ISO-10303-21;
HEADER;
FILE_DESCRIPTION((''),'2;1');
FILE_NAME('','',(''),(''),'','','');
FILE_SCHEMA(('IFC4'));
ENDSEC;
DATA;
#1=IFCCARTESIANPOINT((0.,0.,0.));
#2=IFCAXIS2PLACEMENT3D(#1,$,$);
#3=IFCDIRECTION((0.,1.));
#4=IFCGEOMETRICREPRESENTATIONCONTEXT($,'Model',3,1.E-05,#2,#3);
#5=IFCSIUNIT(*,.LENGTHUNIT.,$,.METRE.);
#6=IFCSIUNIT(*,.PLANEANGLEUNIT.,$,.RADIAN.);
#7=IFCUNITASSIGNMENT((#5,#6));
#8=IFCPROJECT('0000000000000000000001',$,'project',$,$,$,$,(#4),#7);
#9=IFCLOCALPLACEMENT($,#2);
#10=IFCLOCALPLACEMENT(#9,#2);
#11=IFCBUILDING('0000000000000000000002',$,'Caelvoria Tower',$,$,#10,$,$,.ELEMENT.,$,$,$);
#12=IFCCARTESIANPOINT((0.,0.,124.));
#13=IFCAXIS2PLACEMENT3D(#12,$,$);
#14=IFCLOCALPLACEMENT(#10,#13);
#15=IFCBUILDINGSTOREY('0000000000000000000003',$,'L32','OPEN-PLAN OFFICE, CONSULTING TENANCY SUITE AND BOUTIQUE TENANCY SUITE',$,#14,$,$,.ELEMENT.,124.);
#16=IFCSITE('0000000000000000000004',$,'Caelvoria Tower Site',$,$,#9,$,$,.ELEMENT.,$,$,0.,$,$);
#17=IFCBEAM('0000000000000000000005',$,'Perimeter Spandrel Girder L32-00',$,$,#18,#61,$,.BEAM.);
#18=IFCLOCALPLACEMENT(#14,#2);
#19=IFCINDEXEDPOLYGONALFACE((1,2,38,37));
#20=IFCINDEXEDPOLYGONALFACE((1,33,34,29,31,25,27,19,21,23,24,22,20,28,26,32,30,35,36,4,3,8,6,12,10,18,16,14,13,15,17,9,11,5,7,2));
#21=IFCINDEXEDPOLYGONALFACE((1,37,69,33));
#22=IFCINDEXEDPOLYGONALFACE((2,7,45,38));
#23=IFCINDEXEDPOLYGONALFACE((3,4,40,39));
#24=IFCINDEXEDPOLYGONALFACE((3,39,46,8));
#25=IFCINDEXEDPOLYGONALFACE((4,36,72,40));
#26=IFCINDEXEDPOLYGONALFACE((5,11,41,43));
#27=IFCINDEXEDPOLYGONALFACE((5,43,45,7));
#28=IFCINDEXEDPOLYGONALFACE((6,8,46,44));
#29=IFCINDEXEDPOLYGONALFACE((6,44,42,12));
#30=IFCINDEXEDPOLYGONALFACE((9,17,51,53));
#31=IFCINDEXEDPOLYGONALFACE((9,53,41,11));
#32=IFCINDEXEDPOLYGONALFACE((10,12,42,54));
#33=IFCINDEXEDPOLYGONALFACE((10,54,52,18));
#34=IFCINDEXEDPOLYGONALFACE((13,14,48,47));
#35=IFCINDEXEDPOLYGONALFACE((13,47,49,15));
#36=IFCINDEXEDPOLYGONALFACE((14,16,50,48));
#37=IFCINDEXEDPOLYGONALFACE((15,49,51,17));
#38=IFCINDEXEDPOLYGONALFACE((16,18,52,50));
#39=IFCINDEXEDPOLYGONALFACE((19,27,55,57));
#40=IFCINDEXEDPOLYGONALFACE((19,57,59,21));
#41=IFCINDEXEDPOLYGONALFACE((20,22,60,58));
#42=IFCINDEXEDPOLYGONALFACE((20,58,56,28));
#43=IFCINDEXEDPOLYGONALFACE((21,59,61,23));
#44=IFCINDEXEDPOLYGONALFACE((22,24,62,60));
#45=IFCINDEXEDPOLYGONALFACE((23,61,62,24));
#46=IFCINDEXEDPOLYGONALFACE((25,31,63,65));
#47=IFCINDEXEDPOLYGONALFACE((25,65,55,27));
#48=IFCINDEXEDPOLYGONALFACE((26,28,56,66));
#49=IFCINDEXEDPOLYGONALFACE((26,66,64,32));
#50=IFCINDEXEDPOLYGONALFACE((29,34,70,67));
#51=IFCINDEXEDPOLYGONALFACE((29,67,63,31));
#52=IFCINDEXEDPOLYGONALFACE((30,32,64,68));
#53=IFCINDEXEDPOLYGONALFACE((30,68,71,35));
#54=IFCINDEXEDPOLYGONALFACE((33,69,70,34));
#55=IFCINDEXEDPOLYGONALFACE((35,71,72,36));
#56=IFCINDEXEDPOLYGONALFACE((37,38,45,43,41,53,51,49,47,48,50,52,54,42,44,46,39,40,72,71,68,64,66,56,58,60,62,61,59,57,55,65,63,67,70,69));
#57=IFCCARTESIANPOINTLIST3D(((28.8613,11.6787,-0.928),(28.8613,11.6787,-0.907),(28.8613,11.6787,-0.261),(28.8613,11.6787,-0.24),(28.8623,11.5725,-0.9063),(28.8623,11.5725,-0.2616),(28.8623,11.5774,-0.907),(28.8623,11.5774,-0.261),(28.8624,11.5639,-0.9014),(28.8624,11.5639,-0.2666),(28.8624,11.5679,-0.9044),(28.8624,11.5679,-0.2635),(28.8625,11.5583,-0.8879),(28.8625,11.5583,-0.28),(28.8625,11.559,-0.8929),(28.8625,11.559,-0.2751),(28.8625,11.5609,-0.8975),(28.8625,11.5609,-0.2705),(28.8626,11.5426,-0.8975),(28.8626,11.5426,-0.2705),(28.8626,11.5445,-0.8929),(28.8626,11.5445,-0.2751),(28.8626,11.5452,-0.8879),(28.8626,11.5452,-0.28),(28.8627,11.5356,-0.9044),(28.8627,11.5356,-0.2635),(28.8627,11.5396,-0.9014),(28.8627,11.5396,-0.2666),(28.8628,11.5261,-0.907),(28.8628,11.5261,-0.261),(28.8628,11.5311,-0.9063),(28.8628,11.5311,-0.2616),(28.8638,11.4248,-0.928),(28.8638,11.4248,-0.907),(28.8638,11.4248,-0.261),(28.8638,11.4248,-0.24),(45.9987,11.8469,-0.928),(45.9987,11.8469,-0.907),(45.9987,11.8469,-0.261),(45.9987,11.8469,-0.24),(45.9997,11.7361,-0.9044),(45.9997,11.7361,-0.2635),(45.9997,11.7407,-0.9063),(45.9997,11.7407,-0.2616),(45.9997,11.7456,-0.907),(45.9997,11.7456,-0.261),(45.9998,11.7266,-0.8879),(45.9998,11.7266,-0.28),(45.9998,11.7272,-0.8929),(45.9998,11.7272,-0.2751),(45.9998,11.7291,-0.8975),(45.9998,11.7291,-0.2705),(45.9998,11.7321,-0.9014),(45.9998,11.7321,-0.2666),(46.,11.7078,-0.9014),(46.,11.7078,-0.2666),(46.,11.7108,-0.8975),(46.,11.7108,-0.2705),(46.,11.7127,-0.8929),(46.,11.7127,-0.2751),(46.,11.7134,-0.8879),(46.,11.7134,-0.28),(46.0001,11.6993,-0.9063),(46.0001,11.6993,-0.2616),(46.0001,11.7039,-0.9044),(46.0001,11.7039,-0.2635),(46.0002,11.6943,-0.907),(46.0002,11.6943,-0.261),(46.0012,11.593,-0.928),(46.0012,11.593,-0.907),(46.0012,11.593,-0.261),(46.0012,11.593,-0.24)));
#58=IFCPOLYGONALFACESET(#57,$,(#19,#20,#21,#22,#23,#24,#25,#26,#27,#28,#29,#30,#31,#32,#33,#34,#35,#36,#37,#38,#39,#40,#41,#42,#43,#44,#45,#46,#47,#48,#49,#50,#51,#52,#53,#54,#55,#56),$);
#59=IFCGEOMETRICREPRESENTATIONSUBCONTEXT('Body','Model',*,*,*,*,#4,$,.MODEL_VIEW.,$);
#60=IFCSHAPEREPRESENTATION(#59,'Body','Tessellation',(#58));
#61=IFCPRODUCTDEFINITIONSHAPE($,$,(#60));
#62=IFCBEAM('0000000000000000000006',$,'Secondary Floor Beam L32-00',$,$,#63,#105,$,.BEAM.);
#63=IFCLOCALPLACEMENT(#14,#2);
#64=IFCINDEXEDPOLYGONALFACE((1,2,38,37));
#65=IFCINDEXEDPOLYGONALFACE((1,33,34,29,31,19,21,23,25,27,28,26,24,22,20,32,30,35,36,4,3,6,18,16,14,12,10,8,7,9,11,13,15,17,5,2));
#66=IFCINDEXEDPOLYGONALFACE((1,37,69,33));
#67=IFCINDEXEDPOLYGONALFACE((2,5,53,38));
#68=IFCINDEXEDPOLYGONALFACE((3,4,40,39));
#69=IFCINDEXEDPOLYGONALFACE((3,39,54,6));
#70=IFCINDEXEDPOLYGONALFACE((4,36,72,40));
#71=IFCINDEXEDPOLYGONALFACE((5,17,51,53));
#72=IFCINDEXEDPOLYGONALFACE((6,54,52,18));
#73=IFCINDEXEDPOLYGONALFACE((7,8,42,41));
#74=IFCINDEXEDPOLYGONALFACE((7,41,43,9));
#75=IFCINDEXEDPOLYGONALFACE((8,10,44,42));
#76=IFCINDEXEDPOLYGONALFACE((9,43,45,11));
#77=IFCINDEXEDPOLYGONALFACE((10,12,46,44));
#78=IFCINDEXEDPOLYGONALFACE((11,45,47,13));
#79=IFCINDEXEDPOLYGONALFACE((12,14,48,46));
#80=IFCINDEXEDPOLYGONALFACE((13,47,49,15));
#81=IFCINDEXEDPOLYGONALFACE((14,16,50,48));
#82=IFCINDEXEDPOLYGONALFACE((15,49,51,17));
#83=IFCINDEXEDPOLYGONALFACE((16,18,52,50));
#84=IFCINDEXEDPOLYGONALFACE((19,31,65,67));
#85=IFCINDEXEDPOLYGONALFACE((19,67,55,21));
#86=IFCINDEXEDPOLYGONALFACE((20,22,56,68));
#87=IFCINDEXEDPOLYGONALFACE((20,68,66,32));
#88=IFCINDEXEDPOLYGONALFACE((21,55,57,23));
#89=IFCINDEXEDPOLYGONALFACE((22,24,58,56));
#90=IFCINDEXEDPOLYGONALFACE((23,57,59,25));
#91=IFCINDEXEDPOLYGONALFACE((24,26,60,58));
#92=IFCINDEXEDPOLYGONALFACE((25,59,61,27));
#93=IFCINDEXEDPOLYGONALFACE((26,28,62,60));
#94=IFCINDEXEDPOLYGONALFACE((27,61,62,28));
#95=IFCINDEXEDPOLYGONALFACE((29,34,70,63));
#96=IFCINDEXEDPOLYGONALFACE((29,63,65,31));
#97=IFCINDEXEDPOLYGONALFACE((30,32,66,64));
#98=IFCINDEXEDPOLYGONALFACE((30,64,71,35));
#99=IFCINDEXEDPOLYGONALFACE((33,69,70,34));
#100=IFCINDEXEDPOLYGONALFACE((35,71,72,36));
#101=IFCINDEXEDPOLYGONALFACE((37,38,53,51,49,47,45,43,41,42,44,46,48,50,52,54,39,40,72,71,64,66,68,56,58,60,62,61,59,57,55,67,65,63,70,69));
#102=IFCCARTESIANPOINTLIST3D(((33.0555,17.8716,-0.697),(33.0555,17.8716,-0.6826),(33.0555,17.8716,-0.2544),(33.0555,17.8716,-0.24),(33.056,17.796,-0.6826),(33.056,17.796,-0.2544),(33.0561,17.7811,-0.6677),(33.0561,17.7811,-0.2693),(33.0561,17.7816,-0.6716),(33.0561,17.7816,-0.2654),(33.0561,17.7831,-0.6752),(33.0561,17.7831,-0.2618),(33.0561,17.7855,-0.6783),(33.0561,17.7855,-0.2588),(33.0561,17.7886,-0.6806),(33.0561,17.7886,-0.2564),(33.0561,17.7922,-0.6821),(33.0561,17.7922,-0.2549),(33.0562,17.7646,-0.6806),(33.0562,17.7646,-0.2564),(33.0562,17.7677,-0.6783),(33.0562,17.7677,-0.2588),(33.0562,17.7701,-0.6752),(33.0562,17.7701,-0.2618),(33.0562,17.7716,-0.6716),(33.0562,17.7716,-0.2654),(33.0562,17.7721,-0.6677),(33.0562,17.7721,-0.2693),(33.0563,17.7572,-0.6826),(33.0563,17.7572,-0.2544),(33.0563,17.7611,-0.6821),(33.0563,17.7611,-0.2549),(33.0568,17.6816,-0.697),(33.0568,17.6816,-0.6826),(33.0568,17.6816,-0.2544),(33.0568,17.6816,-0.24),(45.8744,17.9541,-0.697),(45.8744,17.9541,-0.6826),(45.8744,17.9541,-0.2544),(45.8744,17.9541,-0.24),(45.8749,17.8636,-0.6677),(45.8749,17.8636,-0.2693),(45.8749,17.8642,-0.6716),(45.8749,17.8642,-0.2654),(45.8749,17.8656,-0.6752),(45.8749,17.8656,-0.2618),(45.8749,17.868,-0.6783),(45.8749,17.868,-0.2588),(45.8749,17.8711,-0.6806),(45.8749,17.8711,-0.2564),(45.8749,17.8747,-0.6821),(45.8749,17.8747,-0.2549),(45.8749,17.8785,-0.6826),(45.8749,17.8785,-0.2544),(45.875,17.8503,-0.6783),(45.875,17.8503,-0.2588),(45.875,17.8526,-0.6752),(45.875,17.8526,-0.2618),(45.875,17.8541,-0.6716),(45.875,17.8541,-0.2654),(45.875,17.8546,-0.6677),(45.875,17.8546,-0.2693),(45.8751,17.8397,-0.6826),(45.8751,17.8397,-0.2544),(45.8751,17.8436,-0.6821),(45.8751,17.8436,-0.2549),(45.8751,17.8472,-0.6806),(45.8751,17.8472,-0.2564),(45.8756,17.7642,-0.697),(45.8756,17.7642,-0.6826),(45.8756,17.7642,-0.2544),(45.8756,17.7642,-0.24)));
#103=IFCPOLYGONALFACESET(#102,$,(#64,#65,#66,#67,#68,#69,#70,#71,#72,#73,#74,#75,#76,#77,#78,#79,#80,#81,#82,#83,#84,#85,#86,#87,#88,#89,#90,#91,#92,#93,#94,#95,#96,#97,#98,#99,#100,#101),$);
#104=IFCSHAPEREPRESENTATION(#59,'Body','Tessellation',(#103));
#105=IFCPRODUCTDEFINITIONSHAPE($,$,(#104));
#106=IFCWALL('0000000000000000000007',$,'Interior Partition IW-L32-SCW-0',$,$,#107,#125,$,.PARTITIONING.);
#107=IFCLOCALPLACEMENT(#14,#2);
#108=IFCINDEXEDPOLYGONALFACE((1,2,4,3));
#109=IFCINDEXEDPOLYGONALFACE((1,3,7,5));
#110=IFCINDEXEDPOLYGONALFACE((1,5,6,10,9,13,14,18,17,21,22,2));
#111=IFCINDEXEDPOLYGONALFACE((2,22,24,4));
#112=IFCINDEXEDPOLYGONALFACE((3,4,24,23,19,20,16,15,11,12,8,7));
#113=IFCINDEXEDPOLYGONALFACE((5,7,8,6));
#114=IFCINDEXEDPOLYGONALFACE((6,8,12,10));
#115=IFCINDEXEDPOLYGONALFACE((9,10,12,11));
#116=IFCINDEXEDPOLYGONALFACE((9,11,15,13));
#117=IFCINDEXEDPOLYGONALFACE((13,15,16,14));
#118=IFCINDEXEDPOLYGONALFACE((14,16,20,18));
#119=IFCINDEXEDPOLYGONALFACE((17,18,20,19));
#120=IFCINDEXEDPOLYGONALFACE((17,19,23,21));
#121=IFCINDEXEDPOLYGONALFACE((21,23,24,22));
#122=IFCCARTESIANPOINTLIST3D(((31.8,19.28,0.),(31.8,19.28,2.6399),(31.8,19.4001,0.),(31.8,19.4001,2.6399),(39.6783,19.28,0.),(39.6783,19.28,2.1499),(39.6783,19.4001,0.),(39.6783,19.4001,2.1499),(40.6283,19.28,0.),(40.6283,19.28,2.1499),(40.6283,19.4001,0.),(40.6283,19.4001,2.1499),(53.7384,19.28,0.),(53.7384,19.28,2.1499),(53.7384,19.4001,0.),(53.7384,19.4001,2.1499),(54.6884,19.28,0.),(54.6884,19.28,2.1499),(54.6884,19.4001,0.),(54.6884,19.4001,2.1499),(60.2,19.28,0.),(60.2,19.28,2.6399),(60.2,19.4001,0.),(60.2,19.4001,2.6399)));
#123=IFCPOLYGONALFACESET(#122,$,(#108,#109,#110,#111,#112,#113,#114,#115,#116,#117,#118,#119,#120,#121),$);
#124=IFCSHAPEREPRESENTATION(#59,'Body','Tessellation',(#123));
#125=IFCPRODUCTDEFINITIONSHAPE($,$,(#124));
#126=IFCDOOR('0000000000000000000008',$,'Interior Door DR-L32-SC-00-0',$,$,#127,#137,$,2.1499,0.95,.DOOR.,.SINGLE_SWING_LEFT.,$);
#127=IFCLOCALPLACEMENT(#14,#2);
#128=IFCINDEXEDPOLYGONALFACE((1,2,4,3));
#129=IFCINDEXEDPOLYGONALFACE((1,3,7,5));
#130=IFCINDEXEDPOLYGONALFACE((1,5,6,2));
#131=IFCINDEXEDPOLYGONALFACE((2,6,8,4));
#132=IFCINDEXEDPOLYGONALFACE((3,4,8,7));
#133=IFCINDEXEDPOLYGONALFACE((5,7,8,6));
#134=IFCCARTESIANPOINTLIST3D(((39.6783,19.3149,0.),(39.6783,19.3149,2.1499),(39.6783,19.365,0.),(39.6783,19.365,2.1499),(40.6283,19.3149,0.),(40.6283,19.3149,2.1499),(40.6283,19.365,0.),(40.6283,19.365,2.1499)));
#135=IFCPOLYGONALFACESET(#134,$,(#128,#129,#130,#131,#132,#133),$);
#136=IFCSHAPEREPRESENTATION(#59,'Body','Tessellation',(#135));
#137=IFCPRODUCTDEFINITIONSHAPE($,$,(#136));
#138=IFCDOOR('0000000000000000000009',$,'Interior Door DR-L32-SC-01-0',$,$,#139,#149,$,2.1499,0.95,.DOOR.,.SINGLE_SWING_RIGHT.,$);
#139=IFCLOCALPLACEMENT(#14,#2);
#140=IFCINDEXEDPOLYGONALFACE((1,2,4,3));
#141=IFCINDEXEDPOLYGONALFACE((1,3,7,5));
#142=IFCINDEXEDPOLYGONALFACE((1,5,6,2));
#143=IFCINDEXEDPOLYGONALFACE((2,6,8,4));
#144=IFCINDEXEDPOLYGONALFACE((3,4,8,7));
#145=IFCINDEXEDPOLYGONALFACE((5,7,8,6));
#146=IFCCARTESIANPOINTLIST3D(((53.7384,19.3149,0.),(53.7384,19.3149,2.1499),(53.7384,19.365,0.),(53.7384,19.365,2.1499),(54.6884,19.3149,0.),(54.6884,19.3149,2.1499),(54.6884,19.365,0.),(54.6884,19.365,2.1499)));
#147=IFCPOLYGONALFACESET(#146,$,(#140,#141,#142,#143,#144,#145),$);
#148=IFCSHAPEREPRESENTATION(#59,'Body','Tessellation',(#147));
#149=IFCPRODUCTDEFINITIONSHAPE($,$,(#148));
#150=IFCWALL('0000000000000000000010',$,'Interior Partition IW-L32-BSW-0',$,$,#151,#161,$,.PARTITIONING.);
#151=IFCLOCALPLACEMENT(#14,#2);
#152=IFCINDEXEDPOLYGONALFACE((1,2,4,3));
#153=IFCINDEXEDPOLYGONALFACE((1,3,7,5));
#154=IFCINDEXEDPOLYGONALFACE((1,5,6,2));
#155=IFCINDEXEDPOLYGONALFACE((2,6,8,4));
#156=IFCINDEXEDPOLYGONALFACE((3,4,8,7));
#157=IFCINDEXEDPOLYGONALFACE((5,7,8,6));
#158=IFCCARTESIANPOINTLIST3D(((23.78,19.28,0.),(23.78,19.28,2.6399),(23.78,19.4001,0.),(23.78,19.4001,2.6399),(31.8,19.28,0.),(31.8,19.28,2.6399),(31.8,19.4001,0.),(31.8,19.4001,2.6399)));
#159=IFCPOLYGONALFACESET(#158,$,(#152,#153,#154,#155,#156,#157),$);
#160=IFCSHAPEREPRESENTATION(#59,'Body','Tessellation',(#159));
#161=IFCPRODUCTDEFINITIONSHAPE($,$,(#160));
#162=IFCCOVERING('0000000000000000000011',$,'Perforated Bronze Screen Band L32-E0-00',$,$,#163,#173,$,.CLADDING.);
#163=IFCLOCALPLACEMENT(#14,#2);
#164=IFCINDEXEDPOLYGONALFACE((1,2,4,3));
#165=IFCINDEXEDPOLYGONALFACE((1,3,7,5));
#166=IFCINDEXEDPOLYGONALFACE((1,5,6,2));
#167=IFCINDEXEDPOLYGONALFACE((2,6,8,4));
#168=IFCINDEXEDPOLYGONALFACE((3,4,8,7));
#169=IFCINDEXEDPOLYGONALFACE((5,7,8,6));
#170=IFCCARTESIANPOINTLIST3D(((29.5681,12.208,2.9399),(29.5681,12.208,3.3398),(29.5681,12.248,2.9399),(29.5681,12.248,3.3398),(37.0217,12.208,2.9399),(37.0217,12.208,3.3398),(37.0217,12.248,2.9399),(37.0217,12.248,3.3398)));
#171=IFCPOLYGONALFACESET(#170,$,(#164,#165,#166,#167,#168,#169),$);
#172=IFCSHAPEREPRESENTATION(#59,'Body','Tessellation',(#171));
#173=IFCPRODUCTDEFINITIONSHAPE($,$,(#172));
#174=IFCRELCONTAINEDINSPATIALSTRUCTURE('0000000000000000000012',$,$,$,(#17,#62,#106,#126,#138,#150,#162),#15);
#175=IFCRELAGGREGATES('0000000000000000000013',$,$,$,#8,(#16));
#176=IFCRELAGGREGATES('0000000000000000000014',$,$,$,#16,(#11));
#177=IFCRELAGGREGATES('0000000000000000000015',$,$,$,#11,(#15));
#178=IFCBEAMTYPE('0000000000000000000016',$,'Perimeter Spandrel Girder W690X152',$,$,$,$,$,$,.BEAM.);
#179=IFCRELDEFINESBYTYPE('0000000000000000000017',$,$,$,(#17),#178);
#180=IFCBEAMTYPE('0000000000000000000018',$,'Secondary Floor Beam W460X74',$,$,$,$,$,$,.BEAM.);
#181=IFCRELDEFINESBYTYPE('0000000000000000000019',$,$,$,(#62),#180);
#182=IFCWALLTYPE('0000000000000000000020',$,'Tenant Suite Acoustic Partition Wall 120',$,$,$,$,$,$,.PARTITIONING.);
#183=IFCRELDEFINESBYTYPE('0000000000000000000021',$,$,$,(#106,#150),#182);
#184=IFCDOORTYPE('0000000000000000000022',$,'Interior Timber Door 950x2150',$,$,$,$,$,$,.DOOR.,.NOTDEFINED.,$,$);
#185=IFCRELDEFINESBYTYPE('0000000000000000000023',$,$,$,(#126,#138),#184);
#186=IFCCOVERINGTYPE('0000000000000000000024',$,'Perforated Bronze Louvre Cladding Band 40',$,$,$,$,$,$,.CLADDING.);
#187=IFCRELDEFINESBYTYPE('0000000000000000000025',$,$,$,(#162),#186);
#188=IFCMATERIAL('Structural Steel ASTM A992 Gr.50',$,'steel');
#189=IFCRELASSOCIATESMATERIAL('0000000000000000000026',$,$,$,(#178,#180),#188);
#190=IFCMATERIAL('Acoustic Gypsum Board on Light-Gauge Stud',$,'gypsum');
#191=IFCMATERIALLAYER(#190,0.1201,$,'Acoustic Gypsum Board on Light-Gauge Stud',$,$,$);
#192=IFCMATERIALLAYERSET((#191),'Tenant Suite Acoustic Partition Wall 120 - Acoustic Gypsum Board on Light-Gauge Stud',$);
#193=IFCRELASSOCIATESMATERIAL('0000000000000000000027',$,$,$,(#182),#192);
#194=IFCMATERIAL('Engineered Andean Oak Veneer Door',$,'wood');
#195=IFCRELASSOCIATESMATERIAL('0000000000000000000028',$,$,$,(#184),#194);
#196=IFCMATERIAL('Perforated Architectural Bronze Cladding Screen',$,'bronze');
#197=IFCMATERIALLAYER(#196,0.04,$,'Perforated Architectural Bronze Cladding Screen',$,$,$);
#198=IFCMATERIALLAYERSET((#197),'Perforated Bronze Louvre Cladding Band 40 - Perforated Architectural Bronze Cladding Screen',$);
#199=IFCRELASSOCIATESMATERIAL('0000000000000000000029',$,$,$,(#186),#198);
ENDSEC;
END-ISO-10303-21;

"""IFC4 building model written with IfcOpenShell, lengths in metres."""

from ifc_helpers import new_model, si_unit, direction, frame, frame_2d, origin, origin_2d, place, context, subcontext, project, spatial, rectangle, i_section, extrude, material, layer, layer_set, material_profile, profile_set, type_object, element, fill, save


model = new_model("IFC4")

# Units and contexts
model_context = context("Model", 3, precision=1e-05, world=origin(), true_north=direction((0.0, 1.0)))
body_context = subcontext(model_context, "Body", "Model", "MODEL_VIEW")
ifc_project = project(units=[si_unit("LENGTHUNIT", "METRE"), si_unit("PLANEANGLEUNIT", "RADIAN")], contexts=[model_context])

# Site, building, storey
site_placement = place(None, origin())
site = spatial("IfcSite", under=ifc_project, at=site_placement, Name="Caelvoria Tower Site", CompositionType="ELEMENT", RefElevation=0.0)
building_placement = place(site_placement, origin())
building = spatial("IfcBuilding", under=site, at=building_placement, Name="Caelvoria Tower", CompositionType="ELEMENT")
storey_placement = place(building_placement, frame((0.0, 0.0, 124.0)))
storey = spatial("IfcBuildingStorey", under=building, at=storey_placement, Name="L32", Description="OPEN-PLAN OFFICE, CONSULTING TENANCY SUITE AND BOUTIQUE TENANCY SUITE", CompositionType="ELEMENT", Elevation=124.0)

# Beams
ifc_material_1 = material(Name="Structural Steel ASTM A992 Gr.50", Category="steel")
ifc_material_profile_1 = material_profile(ifc_material_1, i_section(OverallWidth=0.2539, OverallDepth=0.688, WebThickness=0.0132, FlangeThickness=0.021, FilletRadius=0.019, at=origin_2d()), Name="Structural Steel ASTM A992 Gr.50")
ifc_profile_set_1 = profile_set([ifc_material_profile_1], Name="W690X152 - Structural Steel ASTM A992 Gr.50")
beam_type_1 = type_object("IfcBeamType", Name="Perimeter Spandrel Girder W690X152", PredefinedType="BEAM", material=ifc_profile_set_1)
beam_1_placement = place(storey_placement, frame((28.8625, 11.5518, -0.584), z_axis=(0.999952, 0.009815, 0.0), x_axis=(-0.009815, 0.999952, 0.0)))
element("IfcBeam", 1, at=beam_1_placement, inside=storey, type_object=beam_type_1, Name="Perimeter Spandrel Girder L32-00", PredefinedType="BEAM", context=body_context, shape_type="SweptSolid", body=[
    extrude(i_section(OverallWidth=0.2539, OverallDepth=0.688, WebThickness=0.0132, FlangeThickness=0.021, FilletRadius=0.019, at=origin_2d()), origin(), (0.0, 0.0, 1.0), 17.1382),
])
ifc_material_profile_2 = material_profile(ifc_material_1, i_section(OverallWidth=0.1899, OverallDepth=0.457, WebThickness=0.009, FlangeThickness=0.0144, FilletRadius=0.0149, at=origin_2d()), Name="Structural Steel ASTM A992 Gr.50")
ifc_profile_set_2 = profile_set([ifc_material_profile_2], Name="W460X74 - Structural Steel ASTM A992 Gr.50")
beam_type_2 = type_object("IfcBeamType", Name="Secondary Floor Beam W460X74", PredefinedType="BEAM", material=ifc_profile_set_2)
beam_2_placement = place(storey_placement, frame((33.0562, 17.7766, -0.4685), z_axis=(0.999979, 0.006437, 0.0), x_axis=(-0.006437, 0.999979, 0.0)))
element("IfcBeam", 2, at=beam_2_placement, inside=storey, type_object=beam_type_2, Name="Secondary Floor Beam L32-00", PredefinedType="BEAM", context=body_context, shape_type="SweptSolid", body=[
    extrude(i_section(OverallWidth=0.1899, OverallDepth=0.457, WebThickness=0.009, FlangeThickness=0.0144, FilletRadius=0.0149, at=origin_2d()), origin(), (0.0, 0.0, 1.0), 12.8191),
])

# Wall, openings, doors
ifc_material_2 = material(Name="Acoustic Gypsum Board on Light-Gauge Stud", Category="gypsum")
ifc_layer_1 = layer(ifc_material_2, 0.1201, Name="Acoustic Gypsum Board on Light-Gauge Stud")
ifc_layer_set_1 = layer_set([ifc_layer_1], Name="Tenant Suite Acoustic Partition Wall 120 - Acoustic Gypsum Board on Light-Gauge Stud")
wall_type = type_object("IfcWallType", Name="Tenant Suite Acoustic Partition Wall 120", PredefinedType="PARTITIONING", material=ifc_layer_set_1)
wall_1_placement = place(storey_placement, frame((31.8, 19.3401, 0.0), z_axis=(0.0, 0.0, 1.0), x_axis=(1.0, 0.0, 0.0)))
wall_1 = element("IfcWall", 3, at=wall_1_placement, inside=storey, type_object=wall_type, Name="Interior Partition IW-L32-SCW-0", PredefinedType="PARTITIONING", context=body_context, shape_type="SweptSolid", body=[
    extrude(rectangle(XDim=28.3999, YDim=0.1201, at=frame_2d((14.2, 0.0))), origin(), (0.0, 0.0, 1.0), 2.6399),
])
opening_1_placement = place(wall_1_placement, frame((7.8782, 0.0, 0.0)))
opening_1 = element("IfcOpeningElement", 4, at=opening_1_placement, cuts=wall_1, PredefinedType="OPENING", context=body_context, shape_type="SweptSolid", body=[
    extrude(rectangle(XDim=0.95, YDim=2.1499, at=frame_2d((0.4751, 1.075))), frame((0.0, 0.0701, 0.0), z_axis=(0.0, -1.0, 0.0), x_axis=(1.0, 0.0, 0.0)), (0.0, 0.0, 1.0), 0.1401),
])
opening_2_placement = place(wall_1_placement, frame((21.9382, 0.0, 0.0)))
opening_2 = element("IfcOpeningElement", 5, at=opening_2_placement, cuts=wall_1, PredefinedType="OPENING", context=body_context, shape_type="SweptSolid", body=[
    extrude(rectangle(XDim=0.95, YDim=2.1499, at=frame_2d((0.4751, 1.075))), frame((0.0, 0.0701, 0.0), z_axis=(0.0, -1.0, 0.0), x_axis=(1.0, 0.0, 0.0)), (0.0, 0.0, 1.0), 0.1401),
])
ifc_material_3 = material(Name="Engineered Andean Oak Veneer Door", Category="wood")
door_type = type_object("IfcDoorType", Name="Interior Timber Door 950x2150", OperationType="NOTDEFINED", PredefinedType="DOOR", material=ifc_material_3)
door_1_placement = place(opening_1_placement, origin())
door_1 = element("IfcDoor", 6, at=door_1_placement, inside=storey, type_object=door_type, Name="Interior Door DR-L32-SC-00-0", OperationType="SINGLE_SWING_LEFT", OverallHeight=2.1499, OverallWidth=0.95, PredefinedType="DOOR", context=body_context, shape_type="SweptSolid", body=[
    extrude(rectangle(XDim=0.95, YDim=2.1499, at=frame_2d((0.4751, 1.075))), frame((0.0, 0.0249, 0.0), z_axis=(0.0, -1.0, 0.0), x_axis=(1.0, 0.0, 0.0)), (0.0, 0.0, 1.0), 0.05),
])
fill(opening_1, door_1)
door_2_placement = place(opening_2_placement, origin())
door_2 = element("IfcDoor", 7, at=door_2_placement, inside=storey, type_object=door_type, Name="Interior Door DR-L32-SC-01-0", OperationType="SINGLE_SWING_RIGHT", OverallHeight=2.1499, OverallWidth=0.95, PredefinedType="DOOR", context=body_context, shape_type="SweptSolid", body=[
    extrude(rectangle(XDim=0.95, YDim=2.1499, at=frame_2d((0.4751, 1.075))), frame((0.0, 0.0249, 0.0), z_axis=(0.0, -1.0, 0.0), x_axis=(1.0, 0.0, 0.0)), (0.0, 0.0, 1.0), 0.05),
])
fill(opening_2, door_2)

# Wall
wall_2_placement = place(storey_placement, frame((31.8, 19.3401, 0.0), z_axis=(0.0, 0.0, 1.0), x_axis=(-1.0, 0.0, 0.0)))
element("IfcWall", 8, at=wall_2_placement, inside=storey, type_object=wall_type, Name="Interior Partition IW-L32-BSW-0", PredefinedType="PARTITIONING", context=body_context, shape_type="SweptSolid", body=[
    extrude(rectangle(XDim=8.02, YDim=0.1201, at=frame_2d((4.01, 0.0))), origin(), (0.0, 0.0, 1.0), 2.6399),
])

# Covering
ifc_material_4 = material(Name="Perforated Architectural Bronze Cladding Screen", Category="bronze")
ifc_layer_2 = layer(ifc_material_4, 0.04, Name="Perforated Architectural Bronze Cladding Screen")
ifc_layer_set_2 = layer_set([ifc_layer_2], Name="Perforated Bronze Louvre Cladding Band 40 - Perforated Architectural Bronze Cladding Screen")
covering_type = type_object("IfcCoveringType", Name="Perforated Bronze Louvre Cladding Band 40", PredefinedType="CLADDING", material=ifc_layer_set_2)
for number, where, z_axis, x_axis, name in (
    (9, (33.2949, 12.228, 2.9399), (0.0, 0.0, 1.0), (1.0, 0.0, 0.0), "Perforated Bronze Screen Band L32-E0-00"),
):
    element("IfcCovering", number, at=place(storey_placement, frame(where, z_axis=z_axis, x_axis=x_axis)), inside=storey, type_object=covering_type, Name=name, PredefinedType="CLADDING", context=body_context, shape_type="SweptSolid", body=[
        extrude(rectangle(XDim=7.4536, YDim=0.04, at=origin_2d()), origin(), (0.0, 0.0, 1.0), 0.3999),
    ])

save(model, "model.ifc")
